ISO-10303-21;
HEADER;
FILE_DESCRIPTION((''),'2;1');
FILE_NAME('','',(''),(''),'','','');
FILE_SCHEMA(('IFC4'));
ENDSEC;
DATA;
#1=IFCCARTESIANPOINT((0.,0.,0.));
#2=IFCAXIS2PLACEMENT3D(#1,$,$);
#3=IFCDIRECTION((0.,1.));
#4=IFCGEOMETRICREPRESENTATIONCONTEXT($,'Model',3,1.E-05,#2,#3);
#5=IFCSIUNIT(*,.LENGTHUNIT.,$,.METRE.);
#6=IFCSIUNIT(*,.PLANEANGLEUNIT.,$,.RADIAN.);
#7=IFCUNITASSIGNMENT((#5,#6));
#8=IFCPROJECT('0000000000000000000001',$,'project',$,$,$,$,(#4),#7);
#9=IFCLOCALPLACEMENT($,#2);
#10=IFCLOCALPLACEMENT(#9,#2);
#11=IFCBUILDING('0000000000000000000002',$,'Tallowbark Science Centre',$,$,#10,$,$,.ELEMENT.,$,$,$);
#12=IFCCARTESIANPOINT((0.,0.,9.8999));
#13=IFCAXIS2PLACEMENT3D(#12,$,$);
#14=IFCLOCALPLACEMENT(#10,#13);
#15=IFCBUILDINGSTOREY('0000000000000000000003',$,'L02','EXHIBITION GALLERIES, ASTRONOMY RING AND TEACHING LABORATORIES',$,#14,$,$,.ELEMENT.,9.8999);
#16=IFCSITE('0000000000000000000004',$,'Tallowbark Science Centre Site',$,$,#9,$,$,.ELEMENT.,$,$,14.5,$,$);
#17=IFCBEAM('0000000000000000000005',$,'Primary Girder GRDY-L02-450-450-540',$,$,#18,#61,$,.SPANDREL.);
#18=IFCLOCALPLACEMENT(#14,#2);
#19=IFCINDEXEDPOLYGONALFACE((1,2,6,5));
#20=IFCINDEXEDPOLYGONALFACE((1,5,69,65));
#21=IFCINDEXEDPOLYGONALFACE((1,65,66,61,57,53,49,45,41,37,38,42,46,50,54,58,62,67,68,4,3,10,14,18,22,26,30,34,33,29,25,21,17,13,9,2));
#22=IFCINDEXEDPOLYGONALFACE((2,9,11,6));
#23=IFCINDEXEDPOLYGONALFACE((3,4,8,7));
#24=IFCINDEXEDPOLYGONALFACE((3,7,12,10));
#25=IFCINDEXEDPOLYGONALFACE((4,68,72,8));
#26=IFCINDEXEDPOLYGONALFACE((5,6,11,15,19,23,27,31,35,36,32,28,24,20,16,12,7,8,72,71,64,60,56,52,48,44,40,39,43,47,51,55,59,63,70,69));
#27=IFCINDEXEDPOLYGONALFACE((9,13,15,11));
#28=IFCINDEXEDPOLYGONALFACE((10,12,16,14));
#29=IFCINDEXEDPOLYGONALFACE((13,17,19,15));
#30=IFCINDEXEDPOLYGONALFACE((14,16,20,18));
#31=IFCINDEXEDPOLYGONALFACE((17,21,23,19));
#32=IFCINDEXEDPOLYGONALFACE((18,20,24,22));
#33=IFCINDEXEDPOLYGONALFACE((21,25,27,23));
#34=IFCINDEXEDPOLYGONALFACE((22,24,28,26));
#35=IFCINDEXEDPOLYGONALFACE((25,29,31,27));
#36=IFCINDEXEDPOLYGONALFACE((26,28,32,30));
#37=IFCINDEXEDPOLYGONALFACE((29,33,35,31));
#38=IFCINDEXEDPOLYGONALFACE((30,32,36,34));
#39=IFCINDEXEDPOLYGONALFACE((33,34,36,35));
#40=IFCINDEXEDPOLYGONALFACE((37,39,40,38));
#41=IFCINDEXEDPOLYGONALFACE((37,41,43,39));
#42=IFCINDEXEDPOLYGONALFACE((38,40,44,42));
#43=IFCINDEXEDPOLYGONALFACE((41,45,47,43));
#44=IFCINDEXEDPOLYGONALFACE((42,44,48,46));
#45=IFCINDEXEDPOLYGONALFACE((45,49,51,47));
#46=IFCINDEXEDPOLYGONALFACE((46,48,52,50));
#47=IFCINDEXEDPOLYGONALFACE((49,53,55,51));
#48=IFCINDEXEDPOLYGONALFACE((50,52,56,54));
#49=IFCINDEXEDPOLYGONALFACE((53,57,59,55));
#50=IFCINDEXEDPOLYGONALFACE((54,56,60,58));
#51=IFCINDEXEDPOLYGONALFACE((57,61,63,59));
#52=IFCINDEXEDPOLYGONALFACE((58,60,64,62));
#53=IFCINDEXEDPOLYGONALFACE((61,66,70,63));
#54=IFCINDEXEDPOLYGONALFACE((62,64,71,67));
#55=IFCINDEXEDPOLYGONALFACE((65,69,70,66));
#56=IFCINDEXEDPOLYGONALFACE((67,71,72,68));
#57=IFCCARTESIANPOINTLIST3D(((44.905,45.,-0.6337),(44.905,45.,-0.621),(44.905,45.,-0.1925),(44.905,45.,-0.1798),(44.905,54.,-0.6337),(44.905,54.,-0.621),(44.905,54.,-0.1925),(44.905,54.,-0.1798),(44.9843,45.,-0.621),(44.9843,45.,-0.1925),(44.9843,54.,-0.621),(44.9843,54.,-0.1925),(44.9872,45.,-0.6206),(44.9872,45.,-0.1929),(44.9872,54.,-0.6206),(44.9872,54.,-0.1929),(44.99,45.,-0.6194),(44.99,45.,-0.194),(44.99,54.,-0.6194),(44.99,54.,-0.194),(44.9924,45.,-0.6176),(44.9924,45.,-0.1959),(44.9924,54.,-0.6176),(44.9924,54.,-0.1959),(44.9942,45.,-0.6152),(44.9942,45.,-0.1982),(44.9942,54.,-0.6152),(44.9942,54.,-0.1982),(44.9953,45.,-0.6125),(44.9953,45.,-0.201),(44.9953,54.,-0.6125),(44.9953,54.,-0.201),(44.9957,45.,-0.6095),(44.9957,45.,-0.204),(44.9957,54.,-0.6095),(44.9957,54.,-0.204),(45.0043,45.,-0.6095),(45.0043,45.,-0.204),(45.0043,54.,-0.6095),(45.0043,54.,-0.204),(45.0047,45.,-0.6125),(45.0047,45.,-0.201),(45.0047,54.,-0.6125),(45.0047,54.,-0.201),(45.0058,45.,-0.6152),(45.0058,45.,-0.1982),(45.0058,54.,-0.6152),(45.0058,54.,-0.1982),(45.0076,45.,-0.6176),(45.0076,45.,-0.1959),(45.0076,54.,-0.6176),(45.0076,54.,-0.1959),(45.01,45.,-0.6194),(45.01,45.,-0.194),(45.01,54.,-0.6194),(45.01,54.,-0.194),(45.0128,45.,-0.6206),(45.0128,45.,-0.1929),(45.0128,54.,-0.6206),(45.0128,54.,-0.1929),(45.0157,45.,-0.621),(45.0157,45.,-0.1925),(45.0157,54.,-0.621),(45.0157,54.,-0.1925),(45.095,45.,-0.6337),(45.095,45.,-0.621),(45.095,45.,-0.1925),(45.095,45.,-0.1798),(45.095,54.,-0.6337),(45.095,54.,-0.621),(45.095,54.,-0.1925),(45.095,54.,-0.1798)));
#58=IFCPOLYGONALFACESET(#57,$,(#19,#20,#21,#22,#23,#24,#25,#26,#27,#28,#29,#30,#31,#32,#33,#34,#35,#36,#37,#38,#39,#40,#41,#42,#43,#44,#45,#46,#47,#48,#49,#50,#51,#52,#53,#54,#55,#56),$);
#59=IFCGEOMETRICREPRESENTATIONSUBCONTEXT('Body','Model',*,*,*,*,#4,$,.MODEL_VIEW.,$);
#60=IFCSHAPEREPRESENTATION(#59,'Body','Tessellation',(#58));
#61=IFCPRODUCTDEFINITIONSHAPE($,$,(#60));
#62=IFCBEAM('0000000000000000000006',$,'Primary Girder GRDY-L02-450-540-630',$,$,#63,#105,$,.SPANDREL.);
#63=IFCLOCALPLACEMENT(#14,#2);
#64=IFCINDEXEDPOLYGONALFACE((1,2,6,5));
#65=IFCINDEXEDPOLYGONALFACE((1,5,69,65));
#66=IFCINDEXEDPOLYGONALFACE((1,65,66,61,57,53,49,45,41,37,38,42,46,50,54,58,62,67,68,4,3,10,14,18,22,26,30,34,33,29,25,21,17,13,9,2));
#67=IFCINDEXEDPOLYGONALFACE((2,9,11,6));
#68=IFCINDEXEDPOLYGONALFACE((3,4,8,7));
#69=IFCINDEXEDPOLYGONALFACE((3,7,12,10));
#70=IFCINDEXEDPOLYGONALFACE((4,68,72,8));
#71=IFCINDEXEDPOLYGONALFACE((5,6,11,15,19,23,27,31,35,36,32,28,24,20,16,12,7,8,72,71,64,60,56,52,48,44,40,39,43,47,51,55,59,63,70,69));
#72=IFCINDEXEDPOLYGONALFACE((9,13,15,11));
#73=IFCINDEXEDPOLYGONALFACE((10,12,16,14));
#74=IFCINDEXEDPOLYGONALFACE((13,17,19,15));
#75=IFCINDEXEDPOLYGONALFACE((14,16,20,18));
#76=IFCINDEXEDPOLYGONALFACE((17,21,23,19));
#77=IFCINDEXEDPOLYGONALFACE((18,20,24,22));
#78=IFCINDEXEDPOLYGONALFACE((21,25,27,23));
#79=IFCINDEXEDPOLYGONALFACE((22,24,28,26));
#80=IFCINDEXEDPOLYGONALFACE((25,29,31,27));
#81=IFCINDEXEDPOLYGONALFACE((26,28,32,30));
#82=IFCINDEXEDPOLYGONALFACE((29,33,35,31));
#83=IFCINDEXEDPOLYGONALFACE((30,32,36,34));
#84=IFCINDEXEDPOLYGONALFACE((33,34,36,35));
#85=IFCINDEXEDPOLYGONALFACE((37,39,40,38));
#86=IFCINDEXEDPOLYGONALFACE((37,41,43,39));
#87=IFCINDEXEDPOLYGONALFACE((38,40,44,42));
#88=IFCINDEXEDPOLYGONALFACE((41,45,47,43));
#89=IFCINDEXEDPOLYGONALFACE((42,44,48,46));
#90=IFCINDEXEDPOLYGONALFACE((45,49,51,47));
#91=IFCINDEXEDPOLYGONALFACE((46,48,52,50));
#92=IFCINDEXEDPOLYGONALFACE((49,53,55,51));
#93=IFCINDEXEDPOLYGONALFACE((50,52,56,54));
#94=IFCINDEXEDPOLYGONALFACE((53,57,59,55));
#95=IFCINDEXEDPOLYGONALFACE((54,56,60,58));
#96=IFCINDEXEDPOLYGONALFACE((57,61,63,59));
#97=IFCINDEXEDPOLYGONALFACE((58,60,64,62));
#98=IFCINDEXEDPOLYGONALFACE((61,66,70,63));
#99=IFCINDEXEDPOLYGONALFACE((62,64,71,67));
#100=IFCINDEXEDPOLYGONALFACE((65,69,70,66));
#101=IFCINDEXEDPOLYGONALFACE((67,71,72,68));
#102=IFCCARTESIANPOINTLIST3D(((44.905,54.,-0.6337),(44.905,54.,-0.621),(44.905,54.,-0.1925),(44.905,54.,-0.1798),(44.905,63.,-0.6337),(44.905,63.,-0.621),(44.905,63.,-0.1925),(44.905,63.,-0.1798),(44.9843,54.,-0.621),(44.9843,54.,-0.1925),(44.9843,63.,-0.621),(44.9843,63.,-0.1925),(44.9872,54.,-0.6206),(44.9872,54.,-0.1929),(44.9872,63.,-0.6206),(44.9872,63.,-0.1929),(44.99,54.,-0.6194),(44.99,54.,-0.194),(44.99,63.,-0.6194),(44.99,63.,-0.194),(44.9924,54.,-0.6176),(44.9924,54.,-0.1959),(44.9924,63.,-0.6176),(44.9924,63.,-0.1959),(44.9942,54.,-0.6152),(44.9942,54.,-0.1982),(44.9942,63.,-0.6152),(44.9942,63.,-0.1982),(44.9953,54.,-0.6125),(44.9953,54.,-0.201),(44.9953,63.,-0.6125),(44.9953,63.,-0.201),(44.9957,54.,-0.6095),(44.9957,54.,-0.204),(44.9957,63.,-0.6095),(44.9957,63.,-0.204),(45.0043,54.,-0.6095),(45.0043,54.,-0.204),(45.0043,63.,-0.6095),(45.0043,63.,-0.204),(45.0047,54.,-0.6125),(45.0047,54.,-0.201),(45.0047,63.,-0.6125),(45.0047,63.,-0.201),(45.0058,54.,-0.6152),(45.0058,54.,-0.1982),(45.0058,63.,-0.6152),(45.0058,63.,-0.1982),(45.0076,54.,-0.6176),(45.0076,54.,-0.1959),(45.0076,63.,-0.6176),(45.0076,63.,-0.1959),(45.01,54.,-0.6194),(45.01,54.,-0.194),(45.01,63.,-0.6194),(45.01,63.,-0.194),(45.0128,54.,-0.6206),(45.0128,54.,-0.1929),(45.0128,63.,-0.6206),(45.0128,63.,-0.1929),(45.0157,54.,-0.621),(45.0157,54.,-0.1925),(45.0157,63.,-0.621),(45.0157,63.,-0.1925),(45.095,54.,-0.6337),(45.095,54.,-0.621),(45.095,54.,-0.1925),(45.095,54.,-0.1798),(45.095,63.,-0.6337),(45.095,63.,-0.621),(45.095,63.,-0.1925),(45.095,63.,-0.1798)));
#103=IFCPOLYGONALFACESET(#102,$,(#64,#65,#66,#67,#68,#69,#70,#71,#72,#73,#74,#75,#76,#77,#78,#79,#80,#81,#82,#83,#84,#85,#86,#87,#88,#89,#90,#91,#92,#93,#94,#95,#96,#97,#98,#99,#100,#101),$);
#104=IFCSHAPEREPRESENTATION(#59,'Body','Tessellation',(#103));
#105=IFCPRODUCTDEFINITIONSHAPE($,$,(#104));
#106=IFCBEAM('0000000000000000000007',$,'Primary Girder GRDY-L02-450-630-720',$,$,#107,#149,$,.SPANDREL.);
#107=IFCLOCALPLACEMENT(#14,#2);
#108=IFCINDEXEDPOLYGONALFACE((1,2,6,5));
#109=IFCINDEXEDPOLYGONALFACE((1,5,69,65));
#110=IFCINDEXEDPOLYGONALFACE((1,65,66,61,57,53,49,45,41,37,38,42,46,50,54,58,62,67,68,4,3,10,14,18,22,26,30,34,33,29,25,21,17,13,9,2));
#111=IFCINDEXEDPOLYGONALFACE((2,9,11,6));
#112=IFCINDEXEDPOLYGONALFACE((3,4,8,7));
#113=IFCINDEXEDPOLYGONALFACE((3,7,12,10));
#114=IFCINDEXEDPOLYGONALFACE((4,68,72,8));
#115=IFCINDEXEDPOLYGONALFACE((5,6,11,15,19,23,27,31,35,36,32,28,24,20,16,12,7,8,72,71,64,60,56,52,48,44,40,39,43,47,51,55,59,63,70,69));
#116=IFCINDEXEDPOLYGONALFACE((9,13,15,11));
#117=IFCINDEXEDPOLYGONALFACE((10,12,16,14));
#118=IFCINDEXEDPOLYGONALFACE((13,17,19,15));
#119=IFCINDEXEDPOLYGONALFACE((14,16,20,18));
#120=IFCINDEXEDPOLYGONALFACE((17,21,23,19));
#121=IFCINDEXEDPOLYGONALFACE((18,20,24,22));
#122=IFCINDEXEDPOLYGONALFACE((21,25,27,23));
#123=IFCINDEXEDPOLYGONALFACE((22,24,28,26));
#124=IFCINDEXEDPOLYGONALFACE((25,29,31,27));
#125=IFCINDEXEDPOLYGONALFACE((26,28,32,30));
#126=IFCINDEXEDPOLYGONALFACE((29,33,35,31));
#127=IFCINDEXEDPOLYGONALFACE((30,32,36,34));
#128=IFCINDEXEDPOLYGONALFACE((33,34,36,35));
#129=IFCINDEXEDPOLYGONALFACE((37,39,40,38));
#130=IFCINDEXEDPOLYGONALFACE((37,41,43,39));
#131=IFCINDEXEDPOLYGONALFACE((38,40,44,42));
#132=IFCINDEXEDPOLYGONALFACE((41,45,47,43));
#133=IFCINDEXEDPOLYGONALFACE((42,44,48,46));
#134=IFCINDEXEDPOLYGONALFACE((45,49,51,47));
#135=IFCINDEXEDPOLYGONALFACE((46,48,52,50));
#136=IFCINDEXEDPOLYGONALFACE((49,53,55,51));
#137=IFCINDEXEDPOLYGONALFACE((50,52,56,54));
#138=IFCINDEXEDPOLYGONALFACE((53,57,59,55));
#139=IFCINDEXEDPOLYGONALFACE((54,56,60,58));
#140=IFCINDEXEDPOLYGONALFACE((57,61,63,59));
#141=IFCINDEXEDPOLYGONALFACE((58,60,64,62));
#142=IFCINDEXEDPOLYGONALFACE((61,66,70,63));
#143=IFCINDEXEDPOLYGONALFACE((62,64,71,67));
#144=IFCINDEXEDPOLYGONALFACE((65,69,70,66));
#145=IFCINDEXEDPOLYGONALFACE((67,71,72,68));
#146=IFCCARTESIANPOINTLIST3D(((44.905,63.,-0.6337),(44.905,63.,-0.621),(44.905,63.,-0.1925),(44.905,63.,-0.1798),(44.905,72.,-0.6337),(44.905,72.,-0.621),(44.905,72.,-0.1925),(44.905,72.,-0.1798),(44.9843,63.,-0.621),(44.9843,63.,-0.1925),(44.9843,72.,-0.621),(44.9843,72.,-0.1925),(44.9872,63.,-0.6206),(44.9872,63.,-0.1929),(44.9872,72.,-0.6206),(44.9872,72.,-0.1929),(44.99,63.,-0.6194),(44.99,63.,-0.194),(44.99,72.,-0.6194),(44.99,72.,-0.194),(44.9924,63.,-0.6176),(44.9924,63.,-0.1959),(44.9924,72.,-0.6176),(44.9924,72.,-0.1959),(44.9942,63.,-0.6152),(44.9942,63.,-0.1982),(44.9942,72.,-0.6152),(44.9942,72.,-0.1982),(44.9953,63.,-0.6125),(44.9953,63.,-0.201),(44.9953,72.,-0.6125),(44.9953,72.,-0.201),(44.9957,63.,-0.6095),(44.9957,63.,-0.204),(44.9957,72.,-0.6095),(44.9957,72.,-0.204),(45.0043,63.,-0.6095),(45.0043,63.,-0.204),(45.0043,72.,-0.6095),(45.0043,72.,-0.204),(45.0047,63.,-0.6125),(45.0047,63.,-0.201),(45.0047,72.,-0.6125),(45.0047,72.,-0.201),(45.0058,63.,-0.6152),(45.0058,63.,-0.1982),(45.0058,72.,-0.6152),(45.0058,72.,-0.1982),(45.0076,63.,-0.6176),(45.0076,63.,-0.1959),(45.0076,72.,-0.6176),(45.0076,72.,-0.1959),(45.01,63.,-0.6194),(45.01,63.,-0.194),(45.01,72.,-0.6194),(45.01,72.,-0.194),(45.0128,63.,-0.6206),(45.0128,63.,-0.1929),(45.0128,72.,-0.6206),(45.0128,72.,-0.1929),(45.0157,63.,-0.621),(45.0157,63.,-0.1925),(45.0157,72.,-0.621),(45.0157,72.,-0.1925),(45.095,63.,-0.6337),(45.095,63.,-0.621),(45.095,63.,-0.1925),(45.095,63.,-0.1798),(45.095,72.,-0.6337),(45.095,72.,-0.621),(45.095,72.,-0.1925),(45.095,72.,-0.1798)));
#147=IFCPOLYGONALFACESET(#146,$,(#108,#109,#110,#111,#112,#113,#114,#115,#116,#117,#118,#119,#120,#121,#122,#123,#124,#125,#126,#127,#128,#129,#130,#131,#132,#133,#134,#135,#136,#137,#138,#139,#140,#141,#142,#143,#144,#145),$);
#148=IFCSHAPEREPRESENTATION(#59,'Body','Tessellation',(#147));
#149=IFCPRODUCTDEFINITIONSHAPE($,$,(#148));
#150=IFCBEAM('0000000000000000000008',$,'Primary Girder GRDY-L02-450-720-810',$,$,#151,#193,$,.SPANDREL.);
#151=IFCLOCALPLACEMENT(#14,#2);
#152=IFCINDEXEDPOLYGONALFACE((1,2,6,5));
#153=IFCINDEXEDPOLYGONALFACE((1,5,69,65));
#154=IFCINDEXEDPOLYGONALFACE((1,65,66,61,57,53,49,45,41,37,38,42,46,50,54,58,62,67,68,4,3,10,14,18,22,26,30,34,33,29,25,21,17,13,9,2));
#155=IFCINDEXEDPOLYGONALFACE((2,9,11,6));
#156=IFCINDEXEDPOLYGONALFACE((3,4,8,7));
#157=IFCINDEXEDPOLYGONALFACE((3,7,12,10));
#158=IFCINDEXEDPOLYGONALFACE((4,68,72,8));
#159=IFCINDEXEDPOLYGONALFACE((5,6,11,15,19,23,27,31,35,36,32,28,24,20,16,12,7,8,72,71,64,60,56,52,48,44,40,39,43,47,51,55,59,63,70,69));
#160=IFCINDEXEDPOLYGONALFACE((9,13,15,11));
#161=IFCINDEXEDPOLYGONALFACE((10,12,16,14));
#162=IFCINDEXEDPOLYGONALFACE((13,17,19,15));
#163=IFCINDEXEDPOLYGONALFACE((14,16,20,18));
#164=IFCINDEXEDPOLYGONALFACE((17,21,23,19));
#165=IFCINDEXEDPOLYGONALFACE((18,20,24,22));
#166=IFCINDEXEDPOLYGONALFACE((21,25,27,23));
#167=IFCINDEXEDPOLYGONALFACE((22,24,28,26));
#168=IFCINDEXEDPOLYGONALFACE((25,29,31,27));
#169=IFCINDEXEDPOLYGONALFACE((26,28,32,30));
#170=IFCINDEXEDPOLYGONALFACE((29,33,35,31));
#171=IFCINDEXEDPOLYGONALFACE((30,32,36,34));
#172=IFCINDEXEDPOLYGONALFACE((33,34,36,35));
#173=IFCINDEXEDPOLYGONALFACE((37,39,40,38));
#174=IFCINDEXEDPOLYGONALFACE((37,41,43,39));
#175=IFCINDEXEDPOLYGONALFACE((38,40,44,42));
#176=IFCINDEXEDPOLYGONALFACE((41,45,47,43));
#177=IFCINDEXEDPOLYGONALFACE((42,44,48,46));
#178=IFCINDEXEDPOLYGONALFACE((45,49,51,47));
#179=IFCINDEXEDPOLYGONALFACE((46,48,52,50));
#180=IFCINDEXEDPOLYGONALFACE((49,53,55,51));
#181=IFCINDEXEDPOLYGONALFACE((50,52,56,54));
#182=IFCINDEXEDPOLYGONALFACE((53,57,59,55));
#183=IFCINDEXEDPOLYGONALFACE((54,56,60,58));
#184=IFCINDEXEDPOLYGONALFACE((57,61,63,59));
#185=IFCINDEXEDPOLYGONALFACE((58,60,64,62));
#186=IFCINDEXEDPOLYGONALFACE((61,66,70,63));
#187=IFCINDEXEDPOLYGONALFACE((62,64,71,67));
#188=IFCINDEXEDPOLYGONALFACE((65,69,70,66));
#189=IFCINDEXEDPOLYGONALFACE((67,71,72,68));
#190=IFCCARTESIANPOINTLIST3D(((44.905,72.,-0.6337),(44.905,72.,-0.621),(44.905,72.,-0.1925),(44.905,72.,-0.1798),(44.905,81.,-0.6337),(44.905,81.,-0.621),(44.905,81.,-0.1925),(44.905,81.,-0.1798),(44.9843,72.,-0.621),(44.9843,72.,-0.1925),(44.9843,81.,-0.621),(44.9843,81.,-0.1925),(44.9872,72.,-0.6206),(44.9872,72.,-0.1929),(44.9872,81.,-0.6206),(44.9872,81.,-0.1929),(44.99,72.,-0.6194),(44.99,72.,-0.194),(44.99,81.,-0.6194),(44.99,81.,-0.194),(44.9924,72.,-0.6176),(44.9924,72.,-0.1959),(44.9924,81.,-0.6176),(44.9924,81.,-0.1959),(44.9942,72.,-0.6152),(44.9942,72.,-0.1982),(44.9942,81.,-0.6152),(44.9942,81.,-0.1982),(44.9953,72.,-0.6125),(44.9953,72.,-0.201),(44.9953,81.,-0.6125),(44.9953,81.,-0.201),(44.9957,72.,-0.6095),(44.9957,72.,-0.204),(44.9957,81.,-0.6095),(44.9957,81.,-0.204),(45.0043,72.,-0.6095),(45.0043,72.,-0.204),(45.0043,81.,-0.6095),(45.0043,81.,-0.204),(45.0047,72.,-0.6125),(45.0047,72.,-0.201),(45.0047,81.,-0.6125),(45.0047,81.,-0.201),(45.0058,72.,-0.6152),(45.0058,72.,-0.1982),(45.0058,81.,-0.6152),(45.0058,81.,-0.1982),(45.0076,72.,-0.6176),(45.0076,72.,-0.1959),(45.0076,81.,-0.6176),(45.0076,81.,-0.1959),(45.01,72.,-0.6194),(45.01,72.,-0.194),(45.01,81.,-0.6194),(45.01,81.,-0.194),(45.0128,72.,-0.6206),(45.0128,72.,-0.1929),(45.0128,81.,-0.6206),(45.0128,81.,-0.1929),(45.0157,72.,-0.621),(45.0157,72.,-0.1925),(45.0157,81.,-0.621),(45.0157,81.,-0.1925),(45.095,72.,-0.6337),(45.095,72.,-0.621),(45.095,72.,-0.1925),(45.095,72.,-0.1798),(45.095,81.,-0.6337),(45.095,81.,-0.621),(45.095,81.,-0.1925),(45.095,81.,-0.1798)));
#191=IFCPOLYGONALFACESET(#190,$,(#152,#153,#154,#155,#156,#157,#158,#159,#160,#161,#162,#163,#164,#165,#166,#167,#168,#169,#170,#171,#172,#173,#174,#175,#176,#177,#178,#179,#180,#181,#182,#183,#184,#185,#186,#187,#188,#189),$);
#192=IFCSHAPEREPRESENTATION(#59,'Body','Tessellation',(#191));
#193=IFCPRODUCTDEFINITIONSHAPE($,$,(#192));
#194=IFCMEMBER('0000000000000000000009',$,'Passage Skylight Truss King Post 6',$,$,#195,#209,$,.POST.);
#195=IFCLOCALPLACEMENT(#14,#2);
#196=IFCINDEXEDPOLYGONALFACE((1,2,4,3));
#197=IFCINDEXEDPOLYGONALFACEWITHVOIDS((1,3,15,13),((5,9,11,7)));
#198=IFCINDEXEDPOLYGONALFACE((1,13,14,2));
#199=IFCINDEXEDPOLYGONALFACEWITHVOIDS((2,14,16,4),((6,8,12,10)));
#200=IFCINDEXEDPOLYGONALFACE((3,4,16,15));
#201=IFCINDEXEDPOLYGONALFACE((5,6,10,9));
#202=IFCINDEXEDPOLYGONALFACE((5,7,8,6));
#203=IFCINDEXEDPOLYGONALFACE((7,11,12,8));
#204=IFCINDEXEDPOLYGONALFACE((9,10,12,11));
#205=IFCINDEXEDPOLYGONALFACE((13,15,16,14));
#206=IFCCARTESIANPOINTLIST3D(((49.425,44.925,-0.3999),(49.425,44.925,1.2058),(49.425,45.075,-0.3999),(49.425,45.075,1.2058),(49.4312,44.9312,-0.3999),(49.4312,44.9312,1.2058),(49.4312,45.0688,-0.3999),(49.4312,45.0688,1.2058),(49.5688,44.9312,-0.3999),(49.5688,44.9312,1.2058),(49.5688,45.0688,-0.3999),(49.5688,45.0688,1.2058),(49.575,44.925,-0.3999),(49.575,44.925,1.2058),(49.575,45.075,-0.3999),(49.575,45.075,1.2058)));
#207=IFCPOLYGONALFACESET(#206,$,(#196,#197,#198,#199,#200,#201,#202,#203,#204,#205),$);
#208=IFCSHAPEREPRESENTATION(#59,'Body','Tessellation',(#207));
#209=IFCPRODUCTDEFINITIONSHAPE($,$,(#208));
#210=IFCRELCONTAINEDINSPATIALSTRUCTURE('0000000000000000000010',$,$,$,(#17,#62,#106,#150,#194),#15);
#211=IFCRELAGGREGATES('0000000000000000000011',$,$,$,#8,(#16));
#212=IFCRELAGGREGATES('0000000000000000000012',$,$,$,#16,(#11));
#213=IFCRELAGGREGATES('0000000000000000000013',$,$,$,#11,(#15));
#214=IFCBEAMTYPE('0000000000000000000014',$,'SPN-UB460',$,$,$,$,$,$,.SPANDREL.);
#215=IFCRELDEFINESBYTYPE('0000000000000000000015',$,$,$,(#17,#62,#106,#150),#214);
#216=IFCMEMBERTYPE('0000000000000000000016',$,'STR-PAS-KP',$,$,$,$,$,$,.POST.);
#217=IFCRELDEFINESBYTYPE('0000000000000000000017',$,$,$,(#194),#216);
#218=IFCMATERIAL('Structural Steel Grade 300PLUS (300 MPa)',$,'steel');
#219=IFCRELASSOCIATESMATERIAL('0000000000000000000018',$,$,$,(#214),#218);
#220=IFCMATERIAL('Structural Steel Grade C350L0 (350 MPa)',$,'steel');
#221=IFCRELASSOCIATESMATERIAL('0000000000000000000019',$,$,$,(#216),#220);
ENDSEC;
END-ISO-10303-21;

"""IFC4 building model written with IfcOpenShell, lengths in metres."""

from ifc_helpers import new_model, si_unit, direction, frame, origin, origin_2d, place, context, subcontext, project, spatial, hollow_rectangle, i_section, extrude, material, material_profile, profile_set, type_object, element, save


model = new_model("IFC4")

# Units and contexts
model_context = context("Model", 3, precision=1e-05, world=origin(), true_north=direction((0.0, 1.0)))
body_context = subcontext(model_context, "Body", "Model", "MODEL_VIEW")
ifc_project = project(units=[si_unit("LENGTHUNIT", "METRE"), si_unit("PLANEANGLEUNIT", "RADIAN")], contexts=[model_context])

# Site, building, storey
site_placement = place(None, origin())
site = spatial("IfcSite", under=ifc_project, at=site_placement, Name="Tallowbark Science Centre Site", CompositionType="ELEMENT", RefElevation=14.5)
building_placement = place(site_placement, origin())
building = spatial("IfcBuilding", under=site, at=building_placement, Name="Tallowbark Science Centre", CompositionType="ELEMENT")
storey_placement = place(building_placement, frame((0.0, 0.0, 9.8999)))
storey = spatial("IfcBuildingStorey", under=building, at=storey_placement, Name="L02", Description="EXHIBITION GALLERIES, ASTRONOMY RING AND TEACHING LABORATORIES", CompositionType="ELEMENT", Elevation=9.8999)

# Shared definitions
ifc_material_1 = material(Name="Structural Steel Grade 300PLUS (300 MPa)", Category="steel")

# Shared definitions
ifc_material_2 = material(Name="Structural Steel Grade C350L0 (350 MPa)", Category="steel")

# Beams
ifc_material_profile_1 = material_profile(ifc_material_1, i_section(OverallWidth=0.1899, OverallDepth=0.4539, WebThickness=0.0085, FlangeThickness=0.0127, FilletRadius=0.0115, at=origin_2d()), Name="460UB67.1")
ifc_profile_set_1 = profile_set([ifc_material_profile_1], Name="Structural Steel Grade 300PLUS (300 MPa)")
beam_type_1 = type_object("IfcBeamType", Name="SPN-UB460", PredefinedType="SPANDREL", material=ifc_profile_set_1)
for number, where, z_axis, x_axis, name in (
    (1, (45.0, 45.0, -0.4067), (0.0, 1.0, 0.0), (-1.0, 0.0, 0.0), "Primary Girder GRDY-L02-450-450-540"),
    (2, (45.0, 54.0, -0.4067), (0.0, 1.0, 0.0), (-1.0, 0.0, 0.0), "Primary Girder GRDY-L02-450-540-630"),
    (3, (45.0, 63.0, -0.4067), (0.0, 1.0, 0.0), (-1.0, 0.0, 0.0), "Primary Girder GRDY-L02-450-630-720"),
    (4, (45.0, 72.0, -0.4067), (0.0, 1.0, 0.0), (-1.0, 0.0, 0.0), "Primary Girder GRDY-L02-450-720-810"),
):
    element("IfcBeam", number, at=place(storey_placement, frame(where, z_axis=z_axis, x_axis=x_axis)), inside=storey, type_object=beam_type_1, Name=name, PredefinedType="SPANDREL", context=body_context, shape_type="SweptSolid", body=[
        extrude(i_section(OverallWidth=0.1899, OverallDepth=0.4539, WebThickness=0.0085, FlangeThickness=0.0127, FilletRadius=0.0115, at=origin_2d()), origin(), (0.0, 0.0, 1.0), 9.0),
    ])

# Member
ifc_material_profile_2 = material_profile(ifc_material_2, hollow_rectangle(XDim=0.1499, YDim=0.1499, WallThickness=0.0061, at=origin_2d()), Name="150x150x6.0SHS")
ifc_profile_set_2 = profile_set([ifc_material_profile_2], Name="Structural Steel Grade C350L0 (350 MPa)")
member_type_1 = type_object("IfcMemberType", Name="STR-PAS-KP", PredefinedType="POST", material=ifc_profile_set_2)
for number, where, z_axis, x_axis, name in (
    (5, (49.5, 45.0, -0.3999), (0.0, 0.0, 1.0), (1.0, 0.0, 0.0), "Passage Skylight Truss King Post 6"),
):
    element("IfcMember", number, at=place(storey_placement, frame(where, z_axis=z_axis, x_axis=x_axis)), inside=storey, type_object=member_type_1, Name=name, PredefinedType="POST", context=body_context, shape_type="SweptSolid", body=[
        extrude(hollow_rectangle(XDim=0.1499, YDim=0.1499, WallThickness=0.0061, at=origin_2d()), origin(), (0.0, 0.0, 1.0), 1.6057),
    ])

save(model, "model.ifc")
